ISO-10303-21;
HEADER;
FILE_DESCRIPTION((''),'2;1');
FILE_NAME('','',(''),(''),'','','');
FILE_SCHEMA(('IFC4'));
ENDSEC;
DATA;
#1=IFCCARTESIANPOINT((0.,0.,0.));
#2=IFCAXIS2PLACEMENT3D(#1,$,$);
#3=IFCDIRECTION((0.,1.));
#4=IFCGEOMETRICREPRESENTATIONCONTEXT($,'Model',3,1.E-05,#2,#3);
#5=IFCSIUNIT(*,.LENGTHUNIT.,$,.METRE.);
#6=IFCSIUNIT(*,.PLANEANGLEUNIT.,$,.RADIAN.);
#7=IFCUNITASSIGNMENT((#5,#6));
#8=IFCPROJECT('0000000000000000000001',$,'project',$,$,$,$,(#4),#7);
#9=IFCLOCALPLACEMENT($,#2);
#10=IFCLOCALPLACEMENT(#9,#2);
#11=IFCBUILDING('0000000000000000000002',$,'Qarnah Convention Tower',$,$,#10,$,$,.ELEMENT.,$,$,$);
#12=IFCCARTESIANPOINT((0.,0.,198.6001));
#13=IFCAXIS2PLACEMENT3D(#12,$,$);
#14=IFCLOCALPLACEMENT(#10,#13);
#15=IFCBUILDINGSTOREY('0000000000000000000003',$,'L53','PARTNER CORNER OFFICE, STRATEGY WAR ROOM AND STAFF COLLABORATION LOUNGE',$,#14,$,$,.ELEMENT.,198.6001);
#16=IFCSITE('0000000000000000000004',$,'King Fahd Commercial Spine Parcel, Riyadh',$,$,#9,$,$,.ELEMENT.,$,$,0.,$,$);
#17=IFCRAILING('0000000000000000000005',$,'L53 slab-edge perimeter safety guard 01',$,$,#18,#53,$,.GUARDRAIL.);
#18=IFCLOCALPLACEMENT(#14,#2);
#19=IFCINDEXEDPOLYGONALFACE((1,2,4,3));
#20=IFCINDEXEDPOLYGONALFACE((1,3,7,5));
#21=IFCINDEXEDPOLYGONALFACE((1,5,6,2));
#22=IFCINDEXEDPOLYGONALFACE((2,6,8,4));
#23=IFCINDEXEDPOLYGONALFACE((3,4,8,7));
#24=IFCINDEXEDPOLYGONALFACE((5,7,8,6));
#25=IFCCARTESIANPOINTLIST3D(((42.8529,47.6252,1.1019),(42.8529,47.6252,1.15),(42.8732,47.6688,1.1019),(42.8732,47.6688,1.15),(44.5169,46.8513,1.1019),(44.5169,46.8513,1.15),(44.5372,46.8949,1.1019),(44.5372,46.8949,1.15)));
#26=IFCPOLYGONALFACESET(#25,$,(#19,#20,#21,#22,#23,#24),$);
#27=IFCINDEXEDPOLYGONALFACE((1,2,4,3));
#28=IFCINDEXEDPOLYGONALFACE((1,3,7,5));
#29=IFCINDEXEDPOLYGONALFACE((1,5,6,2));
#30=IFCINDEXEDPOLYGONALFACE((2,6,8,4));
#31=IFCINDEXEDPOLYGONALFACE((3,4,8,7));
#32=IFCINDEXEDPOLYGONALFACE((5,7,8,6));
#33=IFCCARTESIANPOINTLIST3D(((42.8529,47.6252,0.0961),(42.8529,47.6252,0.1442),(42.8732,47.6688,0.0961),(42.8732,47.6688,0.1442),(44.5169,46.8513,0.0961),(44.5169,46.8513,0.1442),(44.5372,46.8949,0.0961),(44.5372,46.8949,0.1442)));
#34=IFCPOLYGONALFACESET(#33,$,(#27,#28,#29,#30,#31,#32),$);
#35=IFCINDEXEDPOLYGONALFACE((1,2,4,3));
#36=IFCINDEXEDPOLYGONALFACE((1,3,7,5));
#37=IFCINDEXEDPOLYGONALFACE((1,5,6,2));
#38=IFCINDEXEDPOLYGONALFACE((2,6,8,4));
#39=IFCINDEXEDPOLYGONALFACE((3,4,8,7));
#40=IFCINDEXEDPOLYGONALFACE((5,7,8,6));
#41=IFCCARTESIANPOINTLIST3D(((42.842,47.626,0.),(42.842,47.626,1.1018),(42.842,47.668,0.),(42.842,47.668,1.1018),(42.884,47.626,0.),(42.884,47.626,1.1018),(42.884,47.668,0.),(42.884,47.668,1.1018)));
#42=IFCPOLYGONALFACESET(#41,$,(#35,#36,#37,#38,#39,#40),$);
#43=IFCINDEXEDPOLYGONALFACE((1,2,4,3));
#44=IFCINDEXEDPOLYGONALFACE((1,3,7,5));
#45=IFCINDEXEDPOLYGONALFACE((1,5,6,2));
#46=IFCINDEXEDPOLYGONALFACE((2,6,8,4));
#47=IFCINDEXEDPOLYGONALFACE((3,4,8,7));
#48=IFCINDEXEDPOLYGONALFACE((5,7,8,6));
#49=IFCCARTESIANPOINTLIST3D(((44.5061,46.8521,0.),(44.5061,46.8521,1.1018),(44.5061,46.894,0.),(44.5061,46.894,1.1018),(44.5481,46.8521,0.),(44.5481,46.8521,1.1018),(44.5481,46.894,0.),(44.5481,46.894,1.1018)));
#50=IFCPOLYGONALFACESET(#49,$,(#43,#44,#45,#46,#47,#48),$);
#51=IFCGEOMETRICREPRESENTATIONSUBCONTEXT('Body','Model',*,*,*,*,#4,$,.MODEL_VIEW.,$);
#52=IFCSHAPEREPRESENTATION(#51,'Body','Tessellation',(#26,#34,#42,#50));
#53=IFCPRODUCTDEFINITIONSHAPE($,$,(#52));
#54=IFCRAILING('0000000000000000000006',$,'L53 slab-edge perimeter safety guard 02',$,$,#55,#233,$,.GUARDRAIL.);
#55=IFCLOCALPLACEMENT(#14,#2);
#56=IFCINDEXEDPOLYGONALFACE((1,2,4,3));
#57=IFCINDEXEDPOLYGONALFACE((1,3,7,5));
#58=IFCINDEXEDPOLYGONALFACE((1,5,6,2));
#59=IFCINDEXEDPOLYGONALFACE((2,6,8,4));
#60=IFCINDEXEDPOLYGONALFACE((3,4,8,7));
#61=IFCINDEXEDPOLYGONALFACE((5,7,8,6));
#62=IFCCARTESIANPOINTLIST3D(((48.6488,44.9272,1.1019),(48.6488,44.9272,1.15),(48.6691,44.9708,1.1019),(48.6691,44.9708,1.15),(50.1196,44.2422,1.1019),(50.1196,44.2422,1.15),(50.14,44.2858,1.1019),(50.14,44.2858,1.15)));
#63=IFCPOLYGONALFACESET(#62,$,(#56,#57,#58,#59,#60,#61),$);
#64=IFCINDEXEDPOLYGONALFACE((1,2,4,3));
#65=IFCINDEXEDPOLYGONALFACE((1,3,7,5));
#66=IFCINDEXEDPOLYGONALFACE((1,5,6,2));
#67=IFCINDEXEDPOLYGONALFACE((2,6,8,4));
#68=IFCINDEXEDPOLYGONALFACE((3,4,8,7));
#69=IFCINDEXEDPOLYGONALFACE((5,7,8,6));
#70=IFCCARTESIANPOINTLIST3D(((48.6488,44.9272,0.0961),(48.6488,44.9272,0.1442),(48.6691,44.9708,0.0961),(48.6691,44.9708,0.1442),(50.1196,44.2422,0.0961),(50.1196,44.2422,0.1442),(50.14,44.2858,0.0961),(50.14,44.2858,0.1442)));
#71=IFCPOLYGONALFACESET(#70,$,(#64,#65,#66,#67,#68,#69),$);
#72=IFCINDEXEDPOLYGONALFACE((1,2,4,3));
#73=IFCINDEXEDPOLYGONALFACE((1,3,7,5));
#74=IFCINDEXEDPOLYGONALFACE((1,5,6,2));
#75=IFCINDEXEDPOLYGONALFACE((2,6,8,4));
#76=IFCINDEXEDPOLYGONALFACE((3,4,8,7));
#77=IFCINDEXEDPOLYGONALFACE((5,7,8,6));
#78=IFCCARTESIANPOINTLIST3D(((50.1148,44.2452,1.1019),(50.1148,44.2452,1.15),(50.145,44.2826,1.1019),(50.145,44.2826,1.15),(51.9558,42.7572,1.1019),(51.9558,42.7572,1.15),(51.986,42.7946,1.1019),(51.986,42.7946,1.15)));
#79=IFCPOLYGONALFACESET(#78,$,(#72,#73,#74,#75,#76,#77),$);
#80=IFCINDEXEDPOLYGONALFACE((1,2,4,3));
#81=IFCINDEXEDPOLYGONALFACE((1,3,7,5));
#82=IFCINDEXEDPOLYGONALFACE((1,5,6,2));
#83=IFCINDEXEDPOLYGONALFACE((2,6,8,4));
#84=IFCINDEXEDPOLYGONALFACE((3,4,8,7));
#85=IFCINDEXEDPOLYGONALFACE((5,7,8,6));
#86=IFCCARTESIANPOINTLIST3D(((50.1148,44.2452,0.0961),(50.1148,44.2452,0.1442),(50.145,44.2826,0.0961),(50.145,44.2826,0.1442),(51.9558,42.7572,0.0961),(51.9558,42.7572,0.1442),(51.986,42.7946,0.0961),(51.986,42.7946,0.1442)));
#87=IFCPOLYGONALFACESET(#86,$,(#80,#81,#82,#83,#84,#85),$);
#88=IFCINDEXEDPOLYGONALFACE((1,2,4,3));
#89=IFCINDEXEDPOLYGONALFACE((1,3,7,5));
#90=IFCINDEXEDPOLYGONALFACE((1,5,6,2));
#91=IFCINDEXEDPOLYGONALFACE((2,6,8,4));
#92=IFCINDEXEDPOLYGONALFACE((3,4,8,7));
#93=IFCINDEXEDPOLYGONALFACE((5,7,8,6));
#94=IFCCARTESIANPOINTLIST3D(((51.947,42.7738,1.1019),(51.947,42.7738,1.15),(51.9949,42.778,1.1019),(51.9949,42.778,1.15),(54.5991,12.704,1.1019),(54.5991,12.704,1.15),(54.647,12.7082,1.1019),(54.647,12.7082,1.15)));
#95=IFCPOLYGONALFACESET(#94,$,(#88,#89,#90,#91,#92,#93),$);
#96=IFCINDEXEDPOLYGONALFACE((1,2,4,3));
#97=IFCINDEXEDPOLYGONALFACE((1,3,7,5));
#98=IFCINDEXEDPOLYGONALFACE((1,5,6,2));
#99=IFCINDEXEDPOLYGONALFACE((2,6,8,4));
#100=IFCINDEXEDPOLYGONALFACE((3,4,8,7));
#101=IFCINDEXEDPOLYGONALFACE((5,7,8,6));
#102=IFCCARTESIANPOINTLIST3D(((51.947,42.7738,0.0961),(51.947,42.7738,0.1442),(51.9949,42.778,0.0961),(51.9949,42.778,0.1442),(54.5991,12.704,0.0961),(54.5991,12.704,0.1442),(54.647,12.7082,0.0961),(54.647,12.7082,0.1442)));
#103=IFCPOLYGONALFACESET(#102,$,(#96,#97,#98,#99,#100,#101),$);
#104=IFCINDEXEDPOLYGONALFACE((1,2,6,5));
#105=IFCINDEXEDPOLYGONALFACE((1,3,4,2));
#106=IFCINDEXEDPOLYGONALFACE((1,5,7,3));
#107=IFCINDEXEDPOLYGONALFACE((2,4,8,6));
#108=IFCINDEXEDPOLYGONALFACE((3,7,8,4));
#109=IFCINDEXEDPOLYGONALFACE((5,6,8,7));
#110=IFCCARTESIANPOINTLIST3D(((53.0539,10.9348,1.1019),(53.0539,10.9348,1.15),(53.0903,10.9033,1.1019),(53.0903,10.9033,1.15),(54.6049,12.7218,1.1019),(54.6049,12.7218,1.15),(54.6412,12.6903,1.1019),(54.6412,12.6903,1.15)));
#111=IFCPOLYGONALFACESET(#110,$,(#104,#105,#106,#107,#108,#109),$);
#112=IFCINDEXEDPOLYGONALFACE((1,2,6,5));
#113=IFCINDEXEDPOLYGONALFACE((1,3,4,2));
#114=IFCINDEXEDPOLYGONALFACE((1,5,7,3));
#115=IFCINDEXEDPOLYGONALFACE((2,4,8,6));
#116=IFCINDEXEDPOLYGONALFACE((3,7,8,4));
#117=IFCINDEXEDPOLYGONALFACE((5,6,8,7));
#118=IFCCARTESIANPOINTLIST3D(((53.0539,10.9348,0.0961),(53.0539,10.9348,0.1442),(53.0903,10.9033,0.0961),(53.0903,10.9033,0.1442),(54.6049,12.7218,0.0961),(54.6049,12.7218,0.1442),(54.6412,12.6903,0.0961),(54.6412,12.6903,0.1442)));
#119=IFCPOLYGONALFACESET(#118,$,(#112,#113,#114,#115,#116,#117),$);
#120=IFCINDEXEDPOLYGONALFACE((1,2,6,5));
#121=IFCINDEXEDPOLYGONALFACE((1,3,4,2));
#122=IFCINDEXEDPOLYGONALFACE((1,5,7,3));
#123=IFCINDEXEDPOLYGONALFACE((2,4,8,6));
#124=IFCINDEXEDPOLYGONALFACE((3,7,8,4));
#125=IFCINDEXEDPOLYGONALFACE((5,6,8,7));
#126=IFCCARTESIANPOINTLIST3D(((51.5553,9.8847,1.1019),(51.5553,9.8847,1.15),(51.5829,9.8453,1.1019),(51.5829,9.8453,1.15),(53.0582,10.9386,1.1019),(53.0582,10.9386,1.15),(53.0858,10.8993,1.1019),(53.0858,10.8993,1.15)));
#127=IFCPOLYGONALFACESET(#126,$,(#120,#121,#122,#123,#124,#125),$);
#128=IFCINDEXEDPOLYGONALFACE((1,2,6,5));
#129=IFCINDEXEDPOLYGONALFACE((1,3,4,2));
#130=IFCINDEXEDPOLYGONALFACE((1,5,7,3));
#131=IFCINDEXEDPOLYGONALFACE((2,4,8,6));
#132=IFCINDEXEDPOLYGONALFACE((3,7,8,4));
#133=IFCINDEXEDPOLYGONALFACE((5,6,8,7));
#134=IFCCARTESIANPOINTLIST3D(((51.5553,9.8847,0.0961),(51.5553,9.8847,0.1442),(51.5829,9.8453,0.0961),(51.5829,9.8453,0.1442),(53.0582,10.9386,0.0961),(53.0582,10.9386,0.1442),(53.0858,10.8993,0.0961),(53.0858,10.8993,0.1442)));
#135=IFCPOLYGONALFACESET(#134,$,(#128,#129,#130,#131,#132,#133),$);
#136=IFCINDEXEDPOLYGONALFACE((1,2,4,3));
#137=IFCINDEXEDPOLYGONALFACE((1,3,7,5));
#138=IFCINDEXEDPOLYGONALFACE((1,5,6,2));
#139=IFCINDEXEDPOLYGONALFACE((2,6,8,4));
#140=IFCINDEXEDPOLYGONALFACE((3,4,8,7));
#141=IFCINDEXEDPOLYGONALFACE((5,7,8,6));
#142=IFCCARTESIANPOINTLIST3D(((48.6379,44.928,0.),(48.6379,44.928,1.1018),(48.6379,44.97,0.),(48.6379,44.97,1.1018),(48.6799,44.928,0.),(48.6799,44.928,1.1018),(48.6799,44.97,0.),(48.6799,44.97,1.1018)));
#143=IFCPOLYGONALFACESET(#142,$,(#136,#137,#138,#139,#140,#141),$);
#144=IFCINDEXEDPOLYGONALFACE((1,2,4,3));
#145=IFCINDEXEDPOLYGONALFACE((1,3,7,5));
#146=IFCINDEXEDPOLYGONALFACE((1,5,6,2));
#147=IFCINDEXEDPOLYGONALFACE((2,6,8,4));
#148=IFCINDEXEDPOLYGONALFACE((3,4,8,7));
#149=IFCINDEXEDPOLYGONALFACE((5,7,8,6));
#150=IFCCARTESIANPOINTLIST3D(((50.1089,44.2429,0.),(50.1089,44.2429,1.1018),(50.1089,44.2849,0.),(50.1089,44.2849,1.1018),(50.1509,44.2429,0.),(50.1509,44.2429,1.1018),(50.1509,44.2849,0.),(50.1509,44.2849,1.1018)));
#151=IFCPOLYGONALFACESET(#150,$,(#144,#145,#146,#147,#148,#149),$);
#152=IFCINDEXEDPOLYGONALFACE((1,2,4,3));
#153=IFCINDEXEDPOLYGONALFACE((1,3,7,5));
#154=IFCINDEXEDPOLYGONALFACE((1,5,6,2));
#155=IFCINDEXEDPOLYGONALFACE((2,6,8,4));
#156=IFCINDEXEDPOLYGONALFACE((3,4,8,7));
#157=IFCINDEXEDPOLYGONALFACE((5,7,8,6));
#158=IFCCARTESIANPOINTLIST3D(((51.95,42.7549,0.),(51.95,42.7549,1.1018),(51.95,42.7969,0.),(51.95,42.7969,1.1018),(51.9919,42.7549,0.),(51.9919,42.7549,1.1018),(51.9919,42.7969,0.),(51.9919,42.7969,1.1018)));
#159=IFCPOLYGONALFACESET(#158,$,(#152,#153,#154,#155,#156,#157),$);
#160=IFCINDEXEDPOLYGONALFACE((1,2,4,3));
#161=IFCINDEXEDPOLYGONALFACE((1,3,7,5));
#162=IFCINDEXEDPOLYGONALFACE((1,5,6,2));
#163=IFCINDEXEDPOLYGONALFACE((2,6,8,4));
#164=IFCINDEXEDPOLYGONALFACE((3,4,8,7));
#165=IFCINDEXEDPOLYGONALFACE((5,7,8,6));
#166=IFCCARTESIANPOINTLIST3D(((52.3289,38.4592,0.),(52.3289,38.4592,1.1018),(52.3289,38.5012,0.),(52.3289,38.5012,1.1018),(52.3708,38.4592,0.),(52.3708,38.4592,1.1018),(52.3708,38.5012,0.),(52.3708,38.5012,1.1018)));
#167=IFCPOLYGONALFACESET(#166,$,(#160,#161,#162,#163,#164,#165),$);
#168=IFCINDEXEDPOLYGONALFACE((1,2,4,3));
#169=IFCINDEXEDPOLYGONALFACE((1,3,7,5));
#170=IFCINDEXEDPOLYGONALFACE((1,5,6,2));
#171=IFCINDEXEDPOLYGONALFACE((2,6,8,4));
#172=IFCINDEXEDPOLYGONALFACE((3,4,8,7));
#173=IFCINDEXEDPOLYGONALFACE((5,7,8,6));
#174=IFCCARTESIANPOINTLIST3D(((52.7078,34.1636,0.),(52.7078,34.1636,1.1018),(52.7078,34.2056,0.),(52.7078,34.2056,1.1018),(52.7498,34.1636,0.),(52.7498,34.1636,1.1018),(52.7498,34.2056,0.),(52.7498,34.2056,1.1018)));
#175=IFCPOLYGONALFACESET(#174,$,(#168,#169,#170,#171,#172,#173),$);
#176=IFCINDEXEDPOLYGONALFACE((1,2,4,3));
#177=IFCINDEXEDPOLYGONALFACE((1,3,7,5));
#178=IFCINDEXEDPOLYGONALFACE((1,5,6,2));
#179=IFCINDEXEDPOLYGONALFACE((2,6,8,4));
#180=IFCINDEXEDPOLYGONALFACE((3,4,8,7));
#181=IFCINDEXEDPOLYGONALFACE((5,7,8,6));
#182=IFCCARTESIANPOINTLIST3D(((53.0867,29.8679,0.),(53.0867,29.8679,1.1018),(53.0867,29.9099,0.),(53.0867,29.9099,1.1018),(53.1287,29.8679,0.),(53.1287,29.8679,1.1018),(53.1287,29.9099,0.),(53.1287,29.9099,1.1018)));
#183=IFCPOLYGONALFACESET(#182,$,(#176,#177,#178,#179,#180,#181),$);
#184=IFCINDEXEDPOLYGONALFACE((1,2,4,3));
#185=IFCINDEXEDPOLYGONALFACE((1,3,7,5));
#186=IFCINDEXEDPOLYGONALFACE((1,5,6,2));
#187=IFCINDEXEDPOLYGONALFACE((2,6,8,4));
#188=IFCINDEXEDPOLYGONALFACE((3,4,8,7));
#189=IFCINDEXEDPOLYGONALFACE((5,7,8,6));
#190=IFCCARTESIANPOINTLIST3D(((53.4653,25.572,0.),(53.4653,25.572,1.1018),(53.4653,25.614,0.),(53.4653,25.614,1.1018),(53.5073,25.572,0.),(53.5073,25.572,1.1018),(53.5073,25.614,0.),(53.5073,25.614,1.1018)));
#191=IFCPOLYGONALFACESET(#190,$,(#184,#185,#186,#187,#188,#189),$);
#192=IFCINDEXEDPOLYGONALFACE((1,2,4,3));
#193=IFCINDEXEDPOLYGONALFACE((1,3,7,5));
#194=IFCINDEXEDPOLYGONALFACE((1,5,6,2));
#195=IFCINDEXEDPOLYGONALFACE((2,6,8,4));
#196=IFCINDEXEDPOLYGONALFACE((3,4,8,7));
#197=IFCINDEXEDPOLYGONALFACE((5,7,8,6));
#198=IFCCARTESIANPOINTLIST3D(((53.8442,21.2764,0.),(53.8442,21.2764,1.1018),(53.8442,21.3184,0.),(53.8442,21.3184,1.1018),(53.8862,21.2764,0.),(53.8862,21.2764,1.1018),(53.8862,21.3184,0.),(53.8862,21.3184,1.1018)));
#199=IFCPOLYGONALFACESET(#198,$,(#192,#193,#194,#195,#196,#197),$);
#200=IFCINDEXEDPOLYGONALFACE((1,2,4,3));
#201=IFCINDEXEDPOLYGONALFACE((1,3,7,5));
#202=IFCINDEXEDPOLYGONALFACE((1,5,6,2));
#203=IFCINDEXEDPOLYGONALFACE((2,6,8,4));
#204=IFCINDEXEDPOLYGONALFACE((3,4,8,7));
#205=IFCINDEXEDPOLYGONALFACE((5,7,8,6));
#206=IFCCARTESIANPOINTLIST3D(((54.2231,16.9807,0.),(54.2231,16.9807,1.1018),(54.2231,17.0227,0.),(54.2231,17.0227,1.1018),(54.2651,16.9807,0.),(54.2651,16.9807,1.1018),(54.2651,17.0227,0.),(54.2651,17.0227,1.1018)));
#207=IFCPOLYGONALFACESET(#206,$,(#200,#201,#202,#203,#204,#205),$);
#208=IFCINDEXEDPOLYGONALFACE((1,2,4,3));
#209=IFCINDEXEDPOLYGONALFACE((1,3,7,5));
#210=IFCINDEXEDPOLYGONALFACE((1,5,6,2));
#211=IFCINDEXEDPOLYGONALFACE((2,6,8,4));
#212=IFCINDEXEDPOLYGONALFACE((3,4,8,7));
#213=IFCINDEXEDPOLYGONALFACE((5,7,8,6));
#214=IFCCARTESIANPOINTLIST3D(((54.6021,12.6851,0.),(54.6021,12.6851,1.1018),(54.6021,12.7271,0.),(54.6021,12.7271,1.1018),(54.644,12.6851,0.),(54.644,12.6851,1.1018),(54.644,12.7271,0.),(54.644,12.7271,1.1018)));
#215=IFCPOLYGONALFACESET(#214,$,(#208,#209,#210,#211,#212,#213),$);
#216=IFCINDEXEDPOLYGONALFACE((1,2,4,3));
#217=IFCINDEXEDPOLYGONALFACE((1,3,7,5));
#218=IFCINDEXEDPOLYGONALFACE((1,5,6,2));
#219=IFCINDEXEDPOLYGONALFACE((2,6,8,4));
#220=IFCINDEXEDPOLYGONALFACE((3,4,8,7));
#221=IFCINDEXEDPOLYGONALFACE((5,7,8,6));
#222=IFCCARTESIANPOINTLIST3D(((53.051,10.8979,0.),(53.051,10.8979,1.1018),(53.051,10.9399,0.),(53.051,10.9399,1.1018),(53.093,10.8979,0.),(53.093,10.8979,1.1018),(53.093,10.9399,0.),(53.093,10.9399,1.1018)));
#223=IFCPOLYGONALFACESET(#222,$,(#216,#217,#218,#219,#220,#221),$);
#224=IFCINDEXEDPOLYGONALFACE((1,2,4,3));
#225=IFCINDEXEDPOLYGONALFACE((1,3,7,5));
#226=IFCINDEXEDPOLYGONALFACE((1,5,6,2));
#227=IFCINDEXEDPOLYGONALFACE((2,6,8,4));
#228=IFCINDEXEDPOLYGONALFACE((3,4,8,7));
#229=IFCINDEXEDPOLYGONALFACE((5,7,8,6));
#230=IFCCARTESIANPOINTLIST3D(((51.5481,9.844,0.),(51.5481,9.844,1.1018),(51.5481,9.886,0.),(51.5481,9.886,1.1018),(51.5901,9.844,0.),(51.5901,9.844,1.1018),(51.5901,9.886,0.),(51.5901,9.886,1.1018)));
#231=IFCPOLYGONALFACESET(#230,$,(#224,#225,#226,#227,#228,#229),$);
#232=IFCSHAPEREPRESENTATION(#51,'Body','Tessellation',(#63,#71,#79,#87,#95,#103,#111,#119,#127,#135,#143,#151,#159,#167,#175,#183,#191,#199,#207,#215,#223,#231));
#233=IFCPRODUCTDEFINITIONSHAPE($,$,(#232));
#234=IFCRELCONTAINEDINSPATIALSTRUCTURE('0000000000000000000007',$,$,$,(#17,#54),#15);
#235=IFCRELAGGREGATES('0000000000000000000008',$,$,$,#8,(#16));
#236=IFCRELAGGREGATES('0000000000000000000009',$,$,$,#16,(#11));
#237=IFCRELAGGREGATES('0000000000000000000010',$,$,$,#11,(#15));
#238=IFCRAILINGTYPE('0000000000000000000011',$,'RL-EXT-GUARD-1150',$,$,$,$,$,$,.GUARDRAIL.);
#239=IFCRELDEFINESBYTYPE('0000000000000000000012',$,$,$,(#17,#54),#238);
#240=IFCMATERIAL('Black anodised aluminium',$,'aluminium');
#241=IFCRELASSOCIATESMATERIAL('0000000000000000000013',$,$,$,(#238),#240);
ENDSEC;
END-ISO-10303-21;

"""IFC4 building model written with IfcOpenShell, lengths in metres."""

from ifc_helpers import new_model, si_unit, direction, frame, origin, origin_2d, place, context, subcontext, project, spatial, rectangle, extrude, material, type_object, element, save


model = new_model("IFC4")

# Units and contexts
model_context = context("Model", 3, precision=1e-05, world=origin(), true_north=direction((0.0, 1.0)))
body_context = subcontext(model_context, "Body", "Model", "MODEL_VIEW")
ifc_project = project(units=[si_unit("LENGTHUNIT", "METRE"), si_unit("PLANEANGLEUNIT", "RADIAN")], contexts=[model_context])

# Site, building, storey
site_placement = place(None, origin())
site = spatial("IfcSite", under=ifc_project, at=site_placement, Name="King Fahd Commercial Spine Parcel, Riyadh", CompositionType="ELEMENT", RefElevation=0.0)
building_placement = place(site_placement, origin())
building = spatial("IfcBuilding", under=site, at=building_placement, Name="Qarnah Convention Tower", CompositionType="ELEMENT")
storey_placement = place(building_placement, frame((0.0, 0.0, 198.6001)))
storey = spatial("IfcBuildingStorey", under=building, at=storey_placement, Name="L53", Description="PARTNER CORNER OFFICE, STRATEGY WAR ROOM AND STAFF COLLABORATION LOUNGE", CompositionType="ELEMENT", Elevation=198.6001)

# Shared definitions
ifc_material_1 = material(Name="Black anodised aluminium", Category="aluminium")

# Railings
railing_type = type_object("IfcRailingType", Name="RL-EXT-GUARD-1150", PredefinedType="GUARDRAIL", material=ifc_material_1)
railing_1_placement = place(storey_placement, frame((42.863, 47.647, 0.0)))
element("IfcRailing", 1, at=railing_1_placement, inside=storey, type_object=railing_type, Name="L53 slab-edge perimeter safety guard 01", PredefinedType="GUARDRAIL", context=body_context, shape_type="SweptSolid", body=[
    extrude(rectangle(XDim=0.0481, YDim=0.0481, at=origin_2d()), frame((0.0, 0.0, 1.126), z_axis=(0.906733, -0.421705, 0.0), x_axis=(0.421705, 0.906733, 0.0)), (0.0, 0.0, 1.0), 1.8352),
    extrude(rectangle(XDim=0.0481, YDim=0.0481, at=origin_2d()), frame((0.0, 0.0, 0.1201), z_axis=(0.906733, -0.421705, 0.0), x_axis=(0.421705, 0.906733, 0.0)), (0.0, 0.0, 1.0), 1.8352),
    extrude(rectangle(XDim=0.042, YDim=0.042, at=origin_2d()), origin(), (0.0, 0.0, 1.0), 1.1018),
    extrude(rectangle(XDim=0.042, YDim=0.042, at=origin_2d()), frame((1.6641, -0.7739, 0.0)), (0.0, 0.0, 1.0), 1.1018),
])
railing_2_placement = place(storey_placement, frame((48.6589, 44.949, 0.0)))
element("IfcRailing", 2, at=railing_2_placement, inside=storey, type_object=railing_type, Name="L53 slab-edge perimeter safety guard 02", PredefinedType="GUARDRAIL", context=body_context, shape_type="SweptSolid", body=[
    extrude(rectangle(XDim=0.0481, YDim=0.0481, at=origin_2d()), frame((0.0, 0.0, 1.126), z_axis=(0.90651, -0.422185, 0.0), x_axis=(0.422185, 0.90651, 0.0)), (0.0, 0.0, 1.0), 1.6226),
    extrude(rectangle(XDim=0.0481, YDim=0.0481, at=origin_2d()), frame((0.0, 0.0, 0.1201), z_axis=(0.90651, -0.422185, 0.0), x_axis=(0.422185, 0.90651, 0.0)), (0.0, 0.0, 1.0), 1.6226),
    extrude(rectangle(XDim=0.0481, YDim=0.0481, at=origin_2d()), frame((1.4709, -0.6851, 1.126), z_axis=(0.77773, -0.628599, 0.0), x_axis=(0.628599, 0.77773, 0.0)), (0.0, 0.0, 1.0), 2.3672),
    extrude(rectangle(XDim=0.0481, YDim=0.0481, at=origin_2d()), frame((1.4709, -0.6851, 0.1201), z_axis=(0.77773, -0.628599, 0.0), x_axis=(0.628599, 0.77773, 0.0)), (0.0, 0.0, 1.0), 2.3672),
    extrude(rectangle(XDim=0.0481, YDim=0.0481, at=origin_2d()), frame((3.312, -2.1731, 1.126), z_axis=(0.087857, -0.996133, 0.0), x_axis=(0.996133, 0.087857, 0.0)), (0.0, 0.0, 1.0), 30.1865),
    extrude(rectangle(XDim=0.0481, YDim=0.0481, at=origin_2d()), frame((3.312, -2.1731, 0.1201), z_axis=(0.087857, -0.996133, 0.0), x_axis=(0.996133, 0.087857, 0.0)), (0.0, 0.0, 1.0), 30.1865),
    extrude(rectangle(XDim=0.0481, YDim=0.0481, at=origin_2d()), frame((5.9641, -32.2429, 1.126), z_axis=(-0.655461, -0.755229, 0.0), x_axis=(0.755229, -0.655461, 0.0)), (0.0, 0.0, 1.0), 2.3662),
    extrude(rectangle(XDim=0.0481, YDim=0.0481, at=origin_2d()), frame((5.9641, -32.2429, 0.1201), z_axis=(-0.655461, -0.755229, 0.0), x_axis=(0.755229, -0.655461, 0.0)), (0.0, 0.0, 1.0), 2.3662),
    extrude(rectangle(XDim=0.0481, YDim=0.0481, at=origin_2d()), frame((4.4131, -34.03, 1.126), z_axis=(-0.818744, -0.574158, 0.0), x_axis=(0.574158, -0.818744, 0.0)), (0.0, 0.0, 1.0), 1.8357),
    extrude(rectangle(XDim=0.0481, YDim=0.0481, at=origin_2d()), frame((4.4131, -34.03, 0.1201), z_axis=(-0.818744, -0.574158, 0.0), x_axis=(0.574158, -0.818744, 0.0)), (0.0, 0.0, 1.0), 1.8357),
    extrude(rectangle(XDim=0.042, YDim=0.042, at=origin_2d()), origin(), (0.0, 0.0, 1.0), 1.1018),
    extrude(rectangle(XDim=0.042, YDim=0.042, at=origin_2d()), frame((1.4709, -0.6851, 0.0)), (0.0, 0.0, 1.0), 1.1018),
    extrude(rectangle(XDim=0.042, YDim=0.042, at=origin_2d()), frame((3.312, -2.1731, 0.0)), (0.0, 0.0, 1.0), 1.1018),
    extrude(rectangle(XDim=0.042, YDim=0.042, at=origin_2d()), frame((3.6909, -6.4688, 0.0)), (0.0, 0.0, 1.0), 1.1018),
    extrude(rectangle(XDim=0.042, YDim=0.042, at=origin_2d()), frame((4.0698, -10.7644, 0.0)), (0.0, 0.0, 1.0), 1.1018),
    extrude(rectangle(XDim=0.042, YDim=0.042, at=origin_2d()), frame((4.4487, -15.0601, 0.0)), (0.0, 0.0, 1.0), 1.1018),
    extrude(rectangle(XDim=0.042, YDim=0.042, at=origin_2d()), frame((4.8274, -19.356, 0.0)), (0.0, 0.0, 1.0), 1.1018),
    extrude(rectangle(XDim=0.042, YDim=0.042, at=origin_2d()), frame((5.2063, -23.6516, 0.0)), (0.0, 0.0, 1.0), 1.1018),
    extrude(rectangle(XDim=0.042, YDim=0.042, at=origin_2d()), frame((5.5852, -27.9473, 0.0)), (0.0, 0.0, 1.0), 1.1018),
    extrude(rectangle(XDim=0.042, YDim=0.042, at=origin_2d()), frame((5.9641, -32.2429, 0.0)), (0.0, 0.0, 1.0), 1.1018),
    extrude(rectangle(XDim=0.042, YDim=0.042, at=origin_2d()), frame((4.4131, -34.03, 0.0)), (0.0, 0.0, 1.0), 1.1018),
    extrude(rectangle(XDim=0.042, YDim=0.042, at=origin_2d()), frame((2.9102, -35.084, 0.0)), (0.0, 0.0, 1.0), 1.1018),
])

save(model, "model.ifc")
